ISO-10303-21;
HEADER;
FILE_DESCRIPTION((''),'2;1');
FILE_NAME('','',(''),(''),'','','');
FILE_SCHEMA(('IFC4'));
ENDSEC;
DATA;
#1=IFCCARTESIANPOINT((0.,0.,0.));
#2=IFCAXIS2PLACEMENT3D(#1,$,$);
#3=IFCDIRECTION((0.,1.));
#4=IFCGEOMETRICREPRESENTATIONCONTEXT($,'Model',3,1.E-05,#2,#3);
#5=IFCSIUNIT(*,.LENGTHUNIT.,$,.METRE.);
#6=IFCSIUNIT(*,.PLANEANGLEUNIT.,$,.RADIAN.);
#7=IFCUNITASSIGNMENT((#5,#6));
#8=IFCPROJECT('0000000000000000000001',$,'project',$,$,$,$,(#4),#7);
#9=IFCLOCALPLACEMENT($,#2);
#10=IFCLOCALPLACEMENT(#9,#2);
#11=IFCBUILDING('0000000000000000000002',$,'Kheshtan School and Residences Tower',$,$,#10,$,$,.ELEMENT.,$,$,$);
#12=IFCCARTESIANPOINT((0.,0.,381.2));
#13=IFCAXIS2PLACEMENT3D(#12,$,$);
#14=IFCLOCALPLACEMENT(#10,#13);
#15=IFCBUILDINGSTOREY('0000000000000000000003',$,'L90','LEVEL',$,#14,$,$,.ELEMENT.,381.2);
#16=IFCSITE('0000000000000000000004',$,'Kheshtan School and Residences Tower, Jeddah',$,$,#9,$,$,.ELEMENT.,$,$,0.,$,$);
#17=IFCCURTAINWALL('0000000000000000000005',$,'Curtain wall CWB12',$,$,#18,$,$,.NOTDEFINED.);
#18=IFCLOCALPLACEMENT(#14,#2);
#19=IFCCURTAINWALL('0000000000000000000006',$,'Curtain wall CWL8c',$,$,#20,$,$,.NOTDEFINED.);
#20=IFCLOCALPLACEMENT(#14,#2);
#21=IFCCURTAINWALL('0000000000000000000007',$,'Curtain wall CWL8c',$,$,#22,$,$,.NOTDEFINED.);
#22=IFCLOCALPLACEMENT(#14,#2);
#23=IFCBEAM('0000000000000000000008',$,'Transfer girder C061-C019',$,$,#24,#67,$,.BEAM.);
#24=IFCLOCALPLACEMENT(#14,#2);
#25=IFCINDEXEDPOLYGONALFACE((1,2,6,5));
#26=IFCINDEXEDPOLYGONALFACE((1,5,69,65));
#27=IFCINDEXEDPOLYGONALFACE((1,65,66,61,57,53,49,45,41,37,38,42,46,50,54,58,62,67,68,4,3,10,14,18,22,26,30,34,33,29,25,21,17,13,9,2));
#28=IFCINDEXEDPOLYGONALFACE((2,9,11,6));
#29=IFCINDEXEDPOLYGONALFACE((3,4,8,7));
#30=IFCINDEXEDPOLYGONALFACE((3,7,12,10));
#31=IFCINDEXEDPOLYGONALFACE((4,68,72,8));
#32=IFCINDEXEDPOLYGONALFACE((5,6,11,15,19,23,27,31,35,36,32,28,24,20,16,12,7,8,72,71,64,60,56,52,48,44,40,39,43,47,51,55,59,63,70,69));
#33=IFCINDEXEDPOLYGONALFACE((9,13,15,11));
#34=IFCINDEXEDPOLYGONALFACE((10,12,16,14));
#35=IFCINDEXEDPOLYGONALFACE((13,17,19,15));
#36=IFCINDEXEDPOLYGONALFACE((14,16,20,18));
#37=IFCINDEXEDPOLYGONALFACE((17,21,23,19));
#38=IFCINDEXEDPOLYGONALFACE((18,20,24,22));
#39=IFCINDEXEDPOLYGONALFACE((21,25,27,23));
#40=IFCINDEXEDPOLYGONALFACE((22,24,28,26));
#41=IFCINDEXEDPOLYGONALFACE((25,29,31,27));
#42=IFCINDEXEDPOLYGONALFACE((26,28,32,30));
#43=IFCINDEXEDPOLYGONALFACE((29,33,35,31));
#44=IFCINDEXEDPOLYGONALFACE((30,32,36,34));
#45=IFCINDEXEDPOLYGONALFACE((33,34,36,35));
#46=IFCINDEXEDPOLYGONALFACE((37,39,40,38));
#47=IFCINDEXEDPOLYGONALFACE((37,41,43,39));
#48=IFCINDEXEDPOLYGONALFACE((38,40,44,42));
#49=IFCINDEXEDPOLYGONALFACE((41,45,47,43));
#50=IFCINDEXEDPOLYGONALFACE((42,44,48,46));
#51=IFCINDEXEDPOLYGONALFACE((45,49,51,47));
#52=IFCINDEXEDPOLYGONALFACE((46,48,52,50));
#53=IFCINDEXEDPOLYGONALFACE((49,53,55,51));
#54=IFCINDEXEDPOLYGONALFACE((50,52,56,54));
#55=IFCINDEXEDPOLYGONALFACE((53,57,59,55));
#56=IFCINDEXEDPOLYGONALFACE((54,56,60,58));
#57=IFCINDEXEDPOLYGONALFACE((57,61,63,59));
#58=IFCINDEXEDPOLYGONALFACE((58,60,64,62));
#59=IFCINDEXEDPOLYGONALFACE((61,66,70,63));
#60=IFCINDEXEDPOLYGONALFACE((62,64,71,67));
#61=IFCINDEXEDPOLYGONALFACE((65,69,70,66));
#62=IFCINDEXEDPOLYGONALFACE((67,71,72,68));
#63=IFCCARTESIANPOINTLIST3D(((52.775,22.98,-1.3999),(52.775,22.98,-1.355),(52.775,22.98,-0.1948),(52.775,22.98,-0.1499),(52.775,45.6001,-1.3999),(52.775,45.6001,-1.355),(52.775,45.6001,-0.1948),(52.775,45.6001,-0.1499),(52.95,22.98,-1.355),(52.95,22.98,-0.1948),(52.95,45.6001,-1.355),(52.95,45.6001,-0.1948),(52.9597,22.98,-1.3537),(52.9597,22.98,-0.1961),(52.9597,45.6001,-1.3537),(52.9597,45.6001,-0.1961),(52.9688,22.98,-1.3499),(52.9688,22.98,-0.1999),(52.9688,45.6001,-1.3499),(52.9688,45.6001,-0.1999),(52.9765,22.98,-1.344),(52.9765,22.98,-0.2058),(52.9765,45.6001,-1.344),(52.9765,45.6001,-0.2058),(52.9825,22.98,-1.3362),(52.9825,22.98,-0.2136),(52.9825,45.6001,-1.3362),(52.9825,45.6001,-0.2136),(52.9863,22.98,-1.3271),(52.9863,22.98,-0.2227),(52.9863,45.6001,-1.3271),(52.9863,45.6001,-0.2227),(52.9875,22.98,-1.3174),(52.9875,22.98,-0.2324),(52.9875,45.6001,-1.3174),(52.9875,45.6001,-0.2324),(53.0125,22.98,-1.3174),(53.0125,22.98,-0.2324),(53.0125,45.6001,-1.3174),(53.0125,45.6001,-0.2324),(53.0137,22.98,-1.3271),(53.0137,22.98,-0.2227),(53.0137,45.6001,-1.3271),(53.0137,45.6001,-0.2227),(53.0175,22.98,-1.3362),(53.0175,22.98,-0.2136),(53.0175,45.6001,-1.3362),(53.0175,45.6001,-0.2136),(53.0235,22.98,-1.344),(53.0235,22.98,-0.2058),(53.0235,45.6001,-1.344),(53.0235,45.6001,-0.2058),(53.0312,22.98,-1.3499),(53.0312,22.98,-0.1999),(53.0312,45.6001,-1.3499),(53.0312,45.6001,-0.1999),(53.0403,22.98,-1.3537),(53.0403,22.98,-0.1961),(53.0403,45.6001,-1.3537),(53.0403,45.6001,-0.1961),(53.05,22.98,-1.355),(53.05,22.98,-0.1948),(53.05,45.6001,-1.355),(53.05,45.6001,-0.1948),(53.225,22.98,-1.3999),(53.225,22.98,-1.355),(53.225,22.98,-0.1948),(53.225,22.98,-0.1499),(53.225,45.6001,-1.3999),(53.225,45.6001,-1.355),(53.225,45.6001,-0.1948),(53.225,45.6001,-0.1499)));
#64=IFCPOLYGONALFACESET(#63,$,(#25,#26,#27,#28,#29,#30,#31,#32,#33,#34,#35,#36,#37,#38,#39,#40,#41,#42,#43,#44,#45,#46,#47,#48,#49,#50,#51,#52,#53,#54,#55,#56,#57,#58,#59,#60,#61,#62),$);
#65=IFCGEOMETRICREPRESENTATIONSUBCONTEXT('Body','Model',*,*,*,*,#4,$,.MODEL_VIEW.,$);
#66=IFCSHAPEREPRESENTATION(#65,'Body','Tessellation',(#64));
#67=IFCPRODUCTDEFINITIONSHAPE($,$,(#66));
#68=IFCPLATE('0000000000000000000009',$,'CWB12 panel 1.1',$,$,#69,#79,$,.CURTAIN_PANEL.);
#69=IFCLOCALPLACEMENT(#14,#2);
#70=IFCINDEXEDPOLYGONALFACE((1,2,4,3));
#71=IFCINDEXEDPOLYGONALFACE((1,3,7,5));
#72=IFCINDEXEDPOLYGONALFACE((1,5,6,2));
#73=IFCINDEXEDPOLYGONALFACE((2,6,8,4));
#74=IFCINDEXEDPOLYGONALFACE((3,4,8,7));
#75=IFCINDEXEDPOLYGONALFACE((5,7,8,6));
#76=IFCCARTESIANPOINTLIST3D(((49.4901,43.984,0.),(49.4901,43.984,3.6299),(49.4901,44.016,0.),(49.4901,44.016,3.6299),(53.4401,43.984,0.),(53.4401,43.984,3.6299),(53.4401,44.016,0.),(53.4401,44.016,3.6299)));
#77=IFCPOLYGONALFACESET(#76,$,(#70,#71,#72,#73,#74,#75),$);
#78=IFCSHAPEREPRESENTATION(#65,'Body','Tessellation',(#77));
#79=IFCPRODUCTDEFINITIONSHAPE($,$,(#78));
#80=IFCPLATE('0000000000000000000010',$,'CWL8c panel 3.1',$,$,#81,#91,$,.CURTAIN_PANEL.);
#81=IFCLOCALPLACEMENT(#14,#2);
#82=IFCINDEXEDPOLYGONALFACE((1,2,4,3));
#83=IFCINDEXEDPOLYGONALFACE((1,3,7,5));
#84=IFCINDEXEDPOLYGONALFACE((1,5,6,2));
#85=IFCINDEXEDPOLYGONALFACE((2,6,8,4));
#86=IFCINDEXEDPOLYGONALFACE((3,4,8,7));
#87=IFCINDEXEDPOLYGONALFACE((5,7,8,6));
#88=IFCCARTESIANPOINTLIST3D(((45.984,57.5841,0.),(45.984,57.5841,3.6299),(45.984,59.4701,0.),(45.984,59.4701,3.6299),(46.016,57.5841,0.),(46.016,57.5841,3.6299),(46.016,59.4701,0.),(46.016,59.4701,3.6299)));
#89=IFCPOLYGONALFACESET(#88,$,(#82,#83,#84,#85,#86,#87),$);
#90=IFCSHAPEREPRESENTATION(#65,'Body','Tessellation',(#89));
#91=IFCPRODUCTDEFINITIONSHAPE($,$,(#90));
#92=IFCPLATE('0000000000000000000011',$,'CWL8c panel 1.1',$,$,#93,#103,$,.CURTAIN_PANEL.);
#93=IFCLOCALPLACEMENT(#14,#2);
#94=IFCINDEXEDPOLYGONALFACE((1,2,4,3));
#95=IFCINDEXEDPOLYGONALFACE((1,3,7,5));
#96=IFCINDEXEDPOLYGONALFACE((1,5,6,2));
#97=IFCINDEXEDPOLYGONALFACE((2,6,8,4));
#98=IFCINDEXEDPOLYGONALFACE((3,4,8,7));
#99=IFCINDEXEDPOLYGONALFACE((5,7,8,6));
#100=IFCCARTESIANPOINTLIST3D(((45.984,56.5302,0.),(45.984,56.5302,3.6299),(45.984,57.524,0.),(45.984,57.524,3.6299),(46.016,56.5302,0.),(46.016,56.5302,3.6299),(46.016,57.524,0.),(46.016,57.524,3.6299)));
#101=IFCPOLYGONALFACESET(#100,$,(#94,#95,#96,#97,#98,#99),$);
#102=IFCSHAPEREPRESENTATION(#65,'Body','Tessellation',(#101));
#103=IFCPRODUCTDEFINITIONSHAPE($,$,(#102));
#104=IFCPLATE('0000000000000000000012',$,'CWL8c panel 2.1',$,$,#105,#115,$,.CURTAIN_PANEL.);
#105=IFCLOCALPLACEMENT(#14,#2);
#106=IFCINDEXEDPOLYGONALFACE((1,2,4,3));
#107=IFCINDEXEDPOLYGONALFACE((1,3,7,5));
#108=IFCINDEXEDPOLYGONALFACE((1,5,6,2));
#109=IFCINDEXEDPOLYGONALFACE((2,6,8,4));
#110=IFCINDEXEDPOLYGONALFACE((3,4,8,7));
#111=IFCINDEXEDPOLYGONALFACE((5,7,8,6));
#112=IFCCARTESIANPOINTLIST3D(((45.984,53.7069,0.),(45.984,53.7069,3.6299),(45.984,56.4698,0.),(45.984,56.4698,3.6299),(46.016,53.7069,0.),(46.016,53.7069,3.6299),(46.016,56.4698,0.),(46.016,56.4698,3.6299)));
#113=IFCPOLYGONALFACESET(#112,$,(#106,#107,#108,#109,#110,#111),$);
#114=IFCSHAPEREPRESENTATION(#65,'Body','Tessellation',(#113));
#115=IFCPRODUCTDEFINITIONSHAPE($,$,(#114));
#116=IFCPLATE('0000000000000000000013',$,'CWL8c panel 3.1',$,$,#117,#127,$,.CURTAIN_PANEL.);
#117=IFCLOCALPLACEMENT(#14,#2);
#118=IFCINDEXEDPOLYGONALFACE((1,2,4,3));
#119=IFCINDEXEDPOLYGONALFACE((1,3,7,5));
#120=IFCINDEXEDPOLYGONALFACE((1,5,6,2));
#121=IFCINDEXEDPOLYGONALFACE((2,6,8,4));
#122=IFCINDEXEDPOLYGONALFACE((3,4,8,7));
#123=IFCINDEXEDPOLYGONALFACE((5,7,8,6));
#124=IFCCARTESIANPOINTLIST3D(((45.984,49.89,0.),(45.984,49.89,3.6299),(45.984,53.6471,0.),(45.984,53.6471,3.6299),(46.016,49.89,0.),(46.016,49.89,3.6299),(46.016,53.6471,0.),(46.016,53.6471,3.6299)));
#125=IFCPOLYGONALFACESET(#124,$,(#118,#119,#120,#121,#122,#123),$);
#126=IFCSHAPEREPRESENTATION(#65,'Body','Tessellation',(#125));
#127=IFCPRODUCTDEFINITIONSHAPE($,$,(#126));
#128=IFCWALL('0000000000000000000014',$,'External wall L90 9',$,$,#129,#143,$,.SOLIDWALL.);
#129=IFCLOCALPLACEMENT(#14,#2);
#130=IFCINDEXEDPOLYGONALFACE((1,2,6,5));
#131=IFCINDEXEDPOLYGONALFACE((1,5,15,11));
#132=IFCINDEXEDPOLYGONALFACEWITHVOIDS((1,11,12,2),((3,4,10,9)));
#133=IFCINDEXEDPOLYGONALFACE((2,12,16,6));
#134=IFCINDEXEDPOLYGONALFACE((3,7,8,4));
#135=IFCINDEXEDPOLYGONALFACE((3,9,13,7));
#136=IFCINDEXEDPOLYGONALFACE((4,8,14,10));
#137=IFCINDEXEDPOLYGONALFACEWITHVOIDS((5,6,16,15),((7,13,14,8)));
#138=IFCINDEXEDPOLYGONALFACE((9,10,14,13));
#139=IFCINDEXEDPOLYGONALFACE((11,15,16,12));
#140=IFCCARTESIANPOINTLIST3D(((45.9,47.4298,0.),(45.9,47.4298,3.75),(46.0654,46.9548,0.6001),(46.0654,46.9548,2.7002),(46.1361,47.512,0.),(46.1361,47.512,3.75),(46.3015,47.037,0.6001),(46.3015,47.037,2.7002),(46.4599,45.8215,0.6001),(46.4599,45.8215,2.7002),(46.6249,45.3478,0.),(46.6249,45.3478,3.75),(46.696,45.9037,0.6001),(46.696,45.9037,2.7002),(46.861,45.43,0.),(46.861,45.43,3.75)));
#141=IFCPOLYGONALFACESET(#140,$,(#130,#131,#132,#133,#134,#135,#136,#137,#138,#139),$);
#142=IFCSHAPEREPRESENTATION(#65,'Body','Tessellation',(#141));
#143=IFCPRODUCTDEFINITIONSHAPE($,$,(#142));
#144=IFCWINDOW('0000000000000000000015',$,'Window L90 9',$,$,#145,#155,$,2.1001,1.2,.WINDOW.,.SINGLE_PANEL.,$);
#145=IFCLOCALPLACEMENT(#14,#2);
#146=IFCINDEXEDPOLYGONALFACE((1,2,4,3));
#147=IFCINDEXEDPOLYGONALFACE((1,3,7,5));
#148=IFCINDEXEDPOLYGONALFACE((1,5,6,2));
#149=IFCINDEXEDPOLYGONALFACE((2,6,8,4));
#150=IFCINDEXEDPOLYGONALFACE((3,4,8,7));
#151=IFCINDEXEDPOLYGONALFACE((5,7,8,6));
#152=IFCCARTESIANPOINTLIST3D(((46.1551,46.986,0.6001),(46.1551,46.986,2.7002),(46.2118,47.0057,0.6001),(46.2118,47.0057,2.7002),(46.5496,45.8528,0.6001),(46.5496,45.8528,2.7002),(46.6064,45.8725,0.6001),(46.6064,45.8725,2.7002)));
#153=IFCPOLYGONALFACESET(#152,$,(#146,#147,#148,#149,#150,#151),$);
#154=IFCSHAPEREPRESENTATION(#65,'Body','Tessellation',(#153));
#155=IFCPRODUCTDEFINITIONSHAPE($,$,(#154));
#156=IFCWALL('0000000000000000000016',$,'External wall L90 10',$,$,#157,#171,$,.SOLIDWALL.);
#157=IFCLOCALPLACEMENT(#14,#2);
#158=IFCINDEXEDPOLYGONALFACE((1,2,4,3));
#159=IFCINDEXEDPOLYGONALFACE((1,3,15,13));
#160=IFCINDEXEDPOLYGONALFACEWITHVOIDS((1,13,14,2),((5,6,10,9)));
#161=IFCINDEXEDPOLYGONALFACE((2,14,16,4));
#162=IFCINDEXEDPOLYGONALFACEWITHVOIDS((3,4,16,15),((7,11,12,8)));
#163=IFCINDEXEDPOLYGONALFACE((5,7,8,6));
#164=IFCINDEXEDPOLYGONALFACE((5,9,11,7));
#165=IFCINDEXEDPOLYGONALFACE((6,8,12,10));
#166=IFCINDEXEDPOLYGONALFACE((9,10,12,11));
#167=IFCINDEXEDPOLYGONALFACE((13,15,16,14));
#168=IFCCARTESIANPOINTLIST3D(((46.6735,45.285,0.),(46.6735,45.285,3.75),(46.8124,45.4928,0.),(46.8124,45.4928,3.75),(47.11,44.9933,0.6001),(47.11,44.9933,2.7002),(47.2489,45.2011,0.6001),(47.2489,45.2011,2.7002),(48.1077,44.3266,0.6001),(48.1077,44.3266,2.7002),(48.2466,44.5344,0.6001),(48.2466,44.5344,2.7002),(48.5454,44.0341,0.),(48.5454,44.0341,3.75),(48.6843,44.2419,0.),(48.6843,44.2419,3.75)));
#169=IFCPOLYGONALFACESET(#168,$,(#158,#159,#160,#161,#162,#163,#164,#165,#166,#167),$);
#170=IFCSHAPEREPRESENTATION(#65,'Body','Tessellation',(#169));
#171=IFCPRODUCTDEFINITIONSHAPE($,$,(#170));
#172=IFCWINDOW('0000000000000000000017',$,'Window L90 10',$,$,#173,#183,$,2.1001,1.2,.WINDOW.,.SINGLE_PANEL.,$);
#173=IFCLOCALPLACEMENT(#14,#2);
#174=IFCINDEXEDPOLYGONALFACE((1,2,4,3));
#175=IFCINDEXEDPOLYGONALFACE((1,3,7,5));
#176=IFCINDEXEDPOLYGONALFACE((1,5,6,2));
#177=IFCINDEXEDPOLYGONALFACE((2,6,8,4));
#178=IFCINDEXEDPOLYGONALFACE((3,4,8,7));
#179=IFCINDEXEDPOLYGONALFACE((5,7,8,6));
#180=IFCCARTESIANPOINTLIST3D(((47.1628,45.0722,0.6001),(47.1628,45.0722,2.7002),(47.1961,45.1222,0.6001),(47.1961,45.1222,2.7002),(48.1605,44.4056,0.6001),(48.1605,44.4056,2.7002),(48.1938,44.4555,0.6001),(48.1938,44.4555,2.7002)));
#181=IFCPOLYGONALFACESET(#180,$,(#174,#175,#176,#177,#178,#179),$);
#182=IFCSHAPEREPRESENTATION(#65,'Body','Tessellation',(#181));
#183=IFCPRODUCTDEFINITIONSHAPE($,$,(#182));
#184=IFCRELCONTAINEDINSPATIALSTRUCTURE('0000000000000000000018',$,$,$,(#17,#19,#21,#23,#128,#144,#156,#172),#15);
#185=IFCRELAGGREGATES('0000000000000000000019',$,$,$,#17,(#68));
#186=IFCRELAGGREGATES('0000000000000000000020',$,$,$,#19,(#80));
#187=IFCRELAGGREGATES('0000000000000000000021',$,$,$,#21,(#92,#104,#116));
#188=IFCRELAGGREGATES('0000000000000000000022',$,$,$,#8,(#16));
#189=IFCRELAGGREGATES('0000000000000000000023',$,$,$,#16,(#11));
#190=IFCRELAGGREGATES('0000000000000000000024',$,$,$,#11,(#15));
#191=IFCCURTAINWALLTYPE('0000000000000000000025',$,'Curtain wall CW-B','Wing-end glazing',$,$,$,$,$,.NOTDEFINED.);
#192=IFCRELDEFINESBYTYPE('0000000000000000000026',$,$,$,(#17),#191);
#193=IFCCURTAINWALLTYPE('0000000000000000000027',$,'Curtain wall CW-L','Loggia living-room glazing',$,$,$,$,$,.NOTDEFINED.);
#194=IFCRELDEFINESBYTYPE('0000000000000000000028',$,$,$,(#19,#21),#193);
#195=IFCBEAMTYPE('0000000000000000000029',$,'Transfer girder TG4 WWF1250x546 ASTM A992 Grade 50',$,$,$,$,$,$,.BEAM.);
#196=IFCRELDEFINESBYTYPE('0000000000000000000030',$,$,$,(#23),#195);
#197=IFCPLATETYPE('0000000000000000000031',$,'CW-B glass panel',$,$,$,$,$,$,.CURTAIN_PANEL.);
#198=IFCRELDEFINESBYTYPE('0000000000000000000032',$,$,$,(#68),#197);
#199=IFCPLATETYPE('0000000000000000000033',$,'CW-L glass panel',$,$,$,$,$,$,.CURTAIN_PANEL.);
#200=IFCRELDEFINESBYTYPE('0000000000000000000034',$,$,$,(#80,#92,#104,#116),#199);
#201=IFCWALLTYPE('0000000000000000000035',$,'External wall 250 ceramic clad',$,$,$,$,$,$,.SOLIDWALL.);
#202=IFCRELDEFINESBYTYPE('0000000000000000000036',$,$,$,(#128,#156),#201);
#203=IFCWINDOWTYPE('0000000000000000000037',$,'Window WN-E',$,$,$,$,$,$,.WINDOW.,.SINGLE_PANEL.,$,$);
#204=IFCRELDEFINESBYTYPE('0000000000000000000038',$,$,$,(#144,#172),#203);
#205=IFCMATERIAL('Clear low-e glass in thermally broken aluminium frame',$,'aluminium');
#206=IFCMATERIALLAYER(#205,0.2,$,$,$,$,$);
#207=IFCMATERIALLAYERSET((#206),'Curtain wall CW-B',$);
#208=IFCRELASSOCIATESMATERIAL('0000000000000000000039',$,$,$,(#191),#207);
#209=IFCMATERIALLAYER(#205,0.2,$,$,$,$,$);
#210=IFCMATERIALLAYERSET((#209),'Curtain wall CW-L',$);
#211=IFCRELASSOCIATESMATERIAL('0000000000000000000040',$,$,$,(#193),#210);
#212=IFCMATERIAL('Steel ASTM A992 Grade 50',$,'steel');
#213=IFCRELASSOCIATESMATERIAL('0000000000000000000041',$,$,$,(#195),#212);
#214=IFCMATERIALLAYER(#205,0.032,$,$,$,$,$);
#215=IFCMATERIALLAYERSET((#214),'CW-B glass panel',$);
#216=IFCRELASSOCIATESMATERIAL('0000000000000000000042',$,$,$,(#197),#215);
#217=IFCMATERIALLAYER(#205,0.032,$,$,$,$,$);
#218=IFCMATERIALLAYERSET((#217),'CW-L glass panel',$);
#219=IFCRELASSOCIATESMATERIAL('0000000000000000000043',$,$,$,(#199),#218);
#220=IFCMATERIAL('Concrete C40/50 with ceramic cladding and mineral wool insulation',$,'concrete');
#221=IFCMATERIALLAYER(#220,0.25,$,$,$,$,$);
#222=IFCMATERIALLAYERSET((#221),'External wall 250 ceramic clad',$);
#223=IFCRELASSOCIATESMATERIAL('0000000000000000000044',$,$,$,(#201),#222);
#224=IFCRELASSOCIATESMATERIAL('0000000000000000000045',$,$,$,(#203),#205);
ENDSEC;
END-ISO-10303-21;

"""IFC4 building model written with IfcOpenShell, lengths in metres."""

from ifc_helpers import new_model, si_unit, direction, frame, frame_2d, origin, origin_2d, place, context, subcontext, project, spatial, rectangle, i_section, extrude, source, transform, mapped, material, layer, layer_set, material_profile, profile_set, type_object, element, fill, aggregate, save


model = new_model("IFC4")

# Units and contexts
model_context = context("Model", 3, precision=1e-05, world=origin(), true_north=direction((0.0, 1.0)))
body_context = subcontext(model_context, "Body", "Model", "MODEL_VIEW")
ifc_project = project(units=[si_unit("LENGTHUNIT", "METRE"), si_unit("PLANEANGLEUNIT", "RADIAN")], contexts=[model_context])

# Site, building, storey
site_placement = place(None, origin())
site = spatial("IfcSite", under=ifc_project, at=site_placement, Name="Kheshtan School and Residences Tower, Jeddah", CompositionType="ELEMENT", RefElevation=0.0)
building_placement = place(site_placement, origin())
building = spatial("IfcBuilding", under=site, at=building_placement, Name="Kheshtan School and Residences Tower", CompositionType="ELEMENT")
storey_placement = place(building_placement, frame((0.0, 0.0, 381.2)))
storey = spatial("IfcBuildingStorey", under=building, at=storey_placement, Name="L90", Description="LEVEL", CompositionType="ELEMENT", Elevation=381.2)

# Shared definitions
ifc_material_1 = material(Name="Steel ASTM A992 Grade 50", Category="steel")

# Curtain wall
ifc_material_2 = material(Name="Clear low-e glass in thermally broken aluminium frame", Category="aluminium")
ifc_layer_1 = layer(ifc_material_2, 0.2)
ifc_layer_set_1 = layer_set([ifc_layer_1], Name="Curtain wall CW-B")
curtain_wall_type_1 = type_object("IfcCurtainWallType", Name="Curtain wall CW-B", Description="Wing-end glazing", PredefinedType="NOTDEFINED", material=ifc_layer_set_1)
curtain_wall_1_placement = place(storey_placement, origin())
curtain_wall_1 = element("IfcCurtainWall", 1, at=curtain_wall_1_placement, inside=storey, type_object=curtain_wall_type_1, Name="Curtain wall CWB12", PredefinedType="NOTDEFINED")

# Curtain wall
ifc_layer_2 = layer(ifc_material_2, 0.2)
ifc_layer_set_2 = layer_set([ifc_layer_2], Name="Curtain wall CW-L")
curtain_wall_type_2 = type_object("IfcCurtainWallType", Name="Curtain wall CW-L", Description="Loggia living-room glazing", PredefinedType="NOTDEFINED", material=ifc_layer_set_2)
curtain_wall_2_placement = place(storey_placement, origin())
curtain_wall_2 = element("IfcCurtainWall", 2, at=curtain_wall_2_placement, inside=storey, type_object=curtain_wall_type_2, Name="Curtain wall CWL8c", PredefinedType="NOTDEFINED")

# Curtain wall
curtain_wall_3_placement = place(storey_placement, origin())
curtain_wall_3 = element("IfcCurtainWall", 3, at=curtain_wall_3_placement, inside=storey, type_object=curtain_wall_type_2, Name="Curtain wall CWL8c", PredefinedType="NOTDEFINED")

# Beam
ifc_material_profile_1 = material_profile(ifc_material_1, i_section(OverallWidth=0.45, OverallDepth=1.25, WebThickness=0.0249, FlangeThickness=0.0449, FilletRadius=0.0376, at=origin_2d()), Name="WWF1250x546")
ifc_profile_set_1 = profile_set([ifc_material_profile_1], Name="Steel ASTM A992 Grade 50")
beam_type_1 = type_object("IfcBeamType", Name="Transfer girder TG4 WWF1250x546 ASTM A992 Grade 50", PredefinedType="BEAM", material=ifc_profile_set_1)
beam_1_placement = place(storey_placement, frame((53.0, 45.6001, -0.7749), z_axis=(0.0, -1.0, 0.0), x_axis=(1.0, 0.0, 0.0)))
element("IfcBeam", 4, at=beam_1_placement, inside=storey, type_object=beam_type_1, Name="Transfer girder C061-C019", PredefinedType="BEAM", context=body_context, shape_type="SweptSolid", body=[
    extrude(i_section(OverallWidth=0.45, OverallDepth=1.25, WebThickness=0.0249, FlangeThickness=0.0449, FilletRadius=0.0376, at=origin_2d()), origin(), (0.0, 0.0, 1.0), 22.6201),
])

# Plates
ifc_layer_3 = layer(ifc_material_2, 0.032)
ifc_layer_set_3 = layer_set([ifc_layer_3], Name="CW-B glass panel")
plate_type_1 = type_object("IfcPlateType", Name="CW-B glass panel", PredefinedType="CURTAIN_PANEL", material=ifc_layer_set_3)
plate_1_placement = place(storey_placement, frame((51.4651, 44.0, 0.0), z_axis=(0.0, 0.0, 1.0), x_axis=(1.0, 0.0, 0.0)))
plate_1 = element("IfcPlate", 5, at=plate_1_placement, type_object=plate_type_1, Name="CWB12 panel 1.1", PredefinedType="CURTAIN_PANEL", context=body_context, shape_type="SweptSolid", body=[
    extrude(rectangle(XDim=3.95, YDim=0.032, at=origin_2d()), origin(), (0.0, 0.0, 1.0), 3.6299),
])
aggregate(curtain_wall_1, [plate_1])
ifc_layer_4 = layer(ifc_material_2, 0.032)
ifc_layer_set_4 = layer_set([ifc_layer_4], Name="CW-L glass panel")
plate_type_2 = type_object("IfcPlateType", Name="CW-L glass panel", PredefinedType="CURTAIN_PANEL", material=ifc_layer_set_4)
plate_2_placement = place(storey_placement, frame((46.0, 58.5271, 0.0), z_axis=(0.0, 0.0, 1.0), x_axis=(0.0, -1.0, 0.0)))
plate_2 = element("IfcPlate", 6, at=plate_2_placement, type_object=plate_type_2, Name="CWL8c panel 3.1", PredefinedType="CURTAIN_PANEL", context=body_context, shape_type="SweptSolid", body=[
    extrude(rectangle(XDim=1.886, YDim=0.032, at=origin_2d()), origin(), (0.0, 0.0, 1.0), 3.6299),
])
aggregate(curtain_wall_2, [plate_2])
plate_3_placement = place(storey_placement, frame((46.0, 57.0271, 0.0), z_axis=(0.0, 0.0, 1.0), x_axis=(0.0, -1.0, 0.0)))
plate_3 = element("IfcPlate", 7, at=plate_3_placement, type_object=plate_type_2, Name="CWL8c panel 1.1", PredefinedType="CURTAIN_PANEL", context=body_context, shape_type="SweptSolid", body=[
    extrude(rectangle(XDim=0.9939, YDim=0.032, at=origin_2d()), origin(), (0.0, 0.0, 1.0), 3.6299),
])
plate_4_placement = place(storey_placement, frame((46.0, 55.0884, 0.0), z_axis=(0.0, 0.0, 1.0), x_axis=(0.0, -1.0, 0.0)))
plate_4 = element("IfcPlate", 8, at=plate_4_placement, type_object=plate_type_2, Name="CWL8c panel 2.1", PredefinedType="CURTAIN_PANEL", context=body_context, shape_type="SweptSolid", body=[
    extrude(rectangle(XDim=2.7629, YDim=0.032, at=origin_2d()), origin(), (0.0, 0.0, 1.0), 3.6299),
])
plate_5_placement = place(storey_placement, frame((46.0, 51.7686, 0.0), z_axis=(0.0, 0.0, 1.0), x_axis=(0.0, -1.0, 0.0)))
plate_5 = element("IfcPlate", 9, at=plate_5_placement, type_object=plate_type_2, Name="CWL8c panel 3.1", PredefinedType="CURTAIN_PANEL", context=body_context, shape_type="SweptSolid", body=[
    extrude(rectangle(XDim=3.7571, YDim=0.032, at=origin_2d()), origin(), (0.0, 0.0, 1.0), 3.6299),
])
aggregate(curtain_wall_3, [plate_3, plate_4, plate_5])

# Walls, openings, windows
ifc_material_3 = material(Name="Concrete C40/50 with ceramic cladding and mineral wool insulation", Category="concrete")
ifc_layer_5 = layer(ifc_material_3, 0.25)
ifc_layer_set_5 = layer_set([ifc_layer_5], Name="External wall 250 ceramic clad")
wall_type_1 = type_object("IfcWallType", Name="External wall 250 ceramic clad", PredefinedType="SOLIDWALL", material=ifc_layer_set_5)
wall_1_placement = place(storey_placement, frame((46.0181, 47.4709, 0.0), z_axis=(0.0, 0.0, 1.0), x_axis=(0.328791, -0.944403, 0.0)))
wall_1 = element("IfcWall", 10, at=wall_1_placement, inside=storey, type_object=wall_type_1, Name="External wall L90 9", PredefinedType="SOLIDWALL", context=body_context, shape_type="SweptSolid", body=[
    extrude(rectangle(XDim=2.2046, YDim=0.25, at=frame_2d((1.1023, 0.0))), origin(), (0.0, 0.0, 1.0), 3.75),
])
opening_1_placement = place(wall_1_placement, frame((0.5029, 0.0, 0.6001)))
opening_1 = element("IfcOpeningElement", 11, at=opening_1_placement, cuts=wall_1, PredefinedType="OPENING", context=body_context, shape_type="SweptSolid", body=[
    extrude(rectangle(XDim=1.2, YDim=2.1001, at=frame_2d((0.6001, 1.05))), frame((0.0, 0.135, 0.0), z_axis=(0.0, -1.0, 0.0), x_axis=(1.0, 0.0, 0.0)), (0.0, 0.0, 1.0), 0.27),
])
window_type = type_object("IfcWindowType", Name="Window WN-E", PartitioningType="SINGLE_PANEL", PredefinedType="WINDOW", material=ifc_material_2)
shared_shape_1 = source(origin(), body_context, "Body", "SweptSolid", [
    extrude(rectangle(XDim=1.2, YDim=2.1001, at=frame_2d((0.6001, 1.05))), frame((0.0, 0.03, 0.0), z_axis=(0.0, -1.0, 0.0), x_axis=(1.0, 0.0, 0.0)), (0.0, 0.0, 1.0), 0.0601),
])
window_1_placement = place(opening_1_placement, origin())
window_1 = element("IfcWindow", 12, at=window_1_placement, inside=storey, type_object=window_type, Name="Window L90 9", OverallHeight=2.1001, OverallWidth=1.2, PartitioningType="SINGLE_PANEL", PredefinedType="WINDOW", context=body_context, shape_type="MappedRepresentation", body=[
    mapped(shared_shape_1, transform((0.0, 0.0, 0.0), x_axis=(1.0, 0.0, 0.0), y_axis=(0.0, 1.0, 0.0), z_axis=(0.0, 0.0, 1.0), scale=1.0)),
])
fill(opening_1, window_1)
wall_2_placement = place(storey_placement, frame((46.7429, 45.3889, 0.0), z_axis=(0.0, 0.0, 1.0), x_axis=(0.831449, -0.555601, 0.0)))
wall_2 = element("IfcWall", 13, at=wall_2_placement, inside=storey, type_object=wall_type_1, Name="External wall L90 10", PredefinedType="SOLIDWALL", context=body_context, shape_type="SweptSolid", body=[
    extrude(rectangle(XDim=2.2515, YDim=0.25, at=frame_2d((1.1257, 0.0))), origin(), (0.0, 0.0, 1.0), 3.75),
])
opening_2_placement = place(wall_2_placement, frame((0.5249, 0.0, 0.6001)))
opening_2 = element("IfcOpeningElement", 14, at=opening_2_placement, cuts=wall_2, PredefinedType="OPENING", context=body_context, shape_type="SweptSolid", body=[
    extrude(rectangle(XDim=1.2, YDim=2.1001, at=frame_2d((0.6001, 1.05))), frame((0.0, 0.135, 0.0), z_axis=(0.0, -1.0, 0.0), x_axis=(1.0, 0.0, 0.0)), (0.0, 0.0, 1.0), 0.27),
])
window_2_placement = place(opening_2_placement, origin())
window_2 = element("IfcWindow", 15, at=window_2_placement, inside=storey, type_object=window_type, Name="Window L90 10", OverallHeight=2.1001, OverallWidth=1.2, PartitioningType="SINGLE_PANEL", PredefinedType="WINDOW", context=body_context, shape_type="MappedRepresentation", body=[
    mapped(shared_shape_1, transform((0.0, 0.0, 0.0), x_axis=(1.0, 0.0, 0.0), y_axis=(0.0, 1.0, 0.0), z_axis=(0.0, 0.0, 1.0), scale=1.0)),
])
fill(opening_2, window_2)

save(model, "model.ifc")
